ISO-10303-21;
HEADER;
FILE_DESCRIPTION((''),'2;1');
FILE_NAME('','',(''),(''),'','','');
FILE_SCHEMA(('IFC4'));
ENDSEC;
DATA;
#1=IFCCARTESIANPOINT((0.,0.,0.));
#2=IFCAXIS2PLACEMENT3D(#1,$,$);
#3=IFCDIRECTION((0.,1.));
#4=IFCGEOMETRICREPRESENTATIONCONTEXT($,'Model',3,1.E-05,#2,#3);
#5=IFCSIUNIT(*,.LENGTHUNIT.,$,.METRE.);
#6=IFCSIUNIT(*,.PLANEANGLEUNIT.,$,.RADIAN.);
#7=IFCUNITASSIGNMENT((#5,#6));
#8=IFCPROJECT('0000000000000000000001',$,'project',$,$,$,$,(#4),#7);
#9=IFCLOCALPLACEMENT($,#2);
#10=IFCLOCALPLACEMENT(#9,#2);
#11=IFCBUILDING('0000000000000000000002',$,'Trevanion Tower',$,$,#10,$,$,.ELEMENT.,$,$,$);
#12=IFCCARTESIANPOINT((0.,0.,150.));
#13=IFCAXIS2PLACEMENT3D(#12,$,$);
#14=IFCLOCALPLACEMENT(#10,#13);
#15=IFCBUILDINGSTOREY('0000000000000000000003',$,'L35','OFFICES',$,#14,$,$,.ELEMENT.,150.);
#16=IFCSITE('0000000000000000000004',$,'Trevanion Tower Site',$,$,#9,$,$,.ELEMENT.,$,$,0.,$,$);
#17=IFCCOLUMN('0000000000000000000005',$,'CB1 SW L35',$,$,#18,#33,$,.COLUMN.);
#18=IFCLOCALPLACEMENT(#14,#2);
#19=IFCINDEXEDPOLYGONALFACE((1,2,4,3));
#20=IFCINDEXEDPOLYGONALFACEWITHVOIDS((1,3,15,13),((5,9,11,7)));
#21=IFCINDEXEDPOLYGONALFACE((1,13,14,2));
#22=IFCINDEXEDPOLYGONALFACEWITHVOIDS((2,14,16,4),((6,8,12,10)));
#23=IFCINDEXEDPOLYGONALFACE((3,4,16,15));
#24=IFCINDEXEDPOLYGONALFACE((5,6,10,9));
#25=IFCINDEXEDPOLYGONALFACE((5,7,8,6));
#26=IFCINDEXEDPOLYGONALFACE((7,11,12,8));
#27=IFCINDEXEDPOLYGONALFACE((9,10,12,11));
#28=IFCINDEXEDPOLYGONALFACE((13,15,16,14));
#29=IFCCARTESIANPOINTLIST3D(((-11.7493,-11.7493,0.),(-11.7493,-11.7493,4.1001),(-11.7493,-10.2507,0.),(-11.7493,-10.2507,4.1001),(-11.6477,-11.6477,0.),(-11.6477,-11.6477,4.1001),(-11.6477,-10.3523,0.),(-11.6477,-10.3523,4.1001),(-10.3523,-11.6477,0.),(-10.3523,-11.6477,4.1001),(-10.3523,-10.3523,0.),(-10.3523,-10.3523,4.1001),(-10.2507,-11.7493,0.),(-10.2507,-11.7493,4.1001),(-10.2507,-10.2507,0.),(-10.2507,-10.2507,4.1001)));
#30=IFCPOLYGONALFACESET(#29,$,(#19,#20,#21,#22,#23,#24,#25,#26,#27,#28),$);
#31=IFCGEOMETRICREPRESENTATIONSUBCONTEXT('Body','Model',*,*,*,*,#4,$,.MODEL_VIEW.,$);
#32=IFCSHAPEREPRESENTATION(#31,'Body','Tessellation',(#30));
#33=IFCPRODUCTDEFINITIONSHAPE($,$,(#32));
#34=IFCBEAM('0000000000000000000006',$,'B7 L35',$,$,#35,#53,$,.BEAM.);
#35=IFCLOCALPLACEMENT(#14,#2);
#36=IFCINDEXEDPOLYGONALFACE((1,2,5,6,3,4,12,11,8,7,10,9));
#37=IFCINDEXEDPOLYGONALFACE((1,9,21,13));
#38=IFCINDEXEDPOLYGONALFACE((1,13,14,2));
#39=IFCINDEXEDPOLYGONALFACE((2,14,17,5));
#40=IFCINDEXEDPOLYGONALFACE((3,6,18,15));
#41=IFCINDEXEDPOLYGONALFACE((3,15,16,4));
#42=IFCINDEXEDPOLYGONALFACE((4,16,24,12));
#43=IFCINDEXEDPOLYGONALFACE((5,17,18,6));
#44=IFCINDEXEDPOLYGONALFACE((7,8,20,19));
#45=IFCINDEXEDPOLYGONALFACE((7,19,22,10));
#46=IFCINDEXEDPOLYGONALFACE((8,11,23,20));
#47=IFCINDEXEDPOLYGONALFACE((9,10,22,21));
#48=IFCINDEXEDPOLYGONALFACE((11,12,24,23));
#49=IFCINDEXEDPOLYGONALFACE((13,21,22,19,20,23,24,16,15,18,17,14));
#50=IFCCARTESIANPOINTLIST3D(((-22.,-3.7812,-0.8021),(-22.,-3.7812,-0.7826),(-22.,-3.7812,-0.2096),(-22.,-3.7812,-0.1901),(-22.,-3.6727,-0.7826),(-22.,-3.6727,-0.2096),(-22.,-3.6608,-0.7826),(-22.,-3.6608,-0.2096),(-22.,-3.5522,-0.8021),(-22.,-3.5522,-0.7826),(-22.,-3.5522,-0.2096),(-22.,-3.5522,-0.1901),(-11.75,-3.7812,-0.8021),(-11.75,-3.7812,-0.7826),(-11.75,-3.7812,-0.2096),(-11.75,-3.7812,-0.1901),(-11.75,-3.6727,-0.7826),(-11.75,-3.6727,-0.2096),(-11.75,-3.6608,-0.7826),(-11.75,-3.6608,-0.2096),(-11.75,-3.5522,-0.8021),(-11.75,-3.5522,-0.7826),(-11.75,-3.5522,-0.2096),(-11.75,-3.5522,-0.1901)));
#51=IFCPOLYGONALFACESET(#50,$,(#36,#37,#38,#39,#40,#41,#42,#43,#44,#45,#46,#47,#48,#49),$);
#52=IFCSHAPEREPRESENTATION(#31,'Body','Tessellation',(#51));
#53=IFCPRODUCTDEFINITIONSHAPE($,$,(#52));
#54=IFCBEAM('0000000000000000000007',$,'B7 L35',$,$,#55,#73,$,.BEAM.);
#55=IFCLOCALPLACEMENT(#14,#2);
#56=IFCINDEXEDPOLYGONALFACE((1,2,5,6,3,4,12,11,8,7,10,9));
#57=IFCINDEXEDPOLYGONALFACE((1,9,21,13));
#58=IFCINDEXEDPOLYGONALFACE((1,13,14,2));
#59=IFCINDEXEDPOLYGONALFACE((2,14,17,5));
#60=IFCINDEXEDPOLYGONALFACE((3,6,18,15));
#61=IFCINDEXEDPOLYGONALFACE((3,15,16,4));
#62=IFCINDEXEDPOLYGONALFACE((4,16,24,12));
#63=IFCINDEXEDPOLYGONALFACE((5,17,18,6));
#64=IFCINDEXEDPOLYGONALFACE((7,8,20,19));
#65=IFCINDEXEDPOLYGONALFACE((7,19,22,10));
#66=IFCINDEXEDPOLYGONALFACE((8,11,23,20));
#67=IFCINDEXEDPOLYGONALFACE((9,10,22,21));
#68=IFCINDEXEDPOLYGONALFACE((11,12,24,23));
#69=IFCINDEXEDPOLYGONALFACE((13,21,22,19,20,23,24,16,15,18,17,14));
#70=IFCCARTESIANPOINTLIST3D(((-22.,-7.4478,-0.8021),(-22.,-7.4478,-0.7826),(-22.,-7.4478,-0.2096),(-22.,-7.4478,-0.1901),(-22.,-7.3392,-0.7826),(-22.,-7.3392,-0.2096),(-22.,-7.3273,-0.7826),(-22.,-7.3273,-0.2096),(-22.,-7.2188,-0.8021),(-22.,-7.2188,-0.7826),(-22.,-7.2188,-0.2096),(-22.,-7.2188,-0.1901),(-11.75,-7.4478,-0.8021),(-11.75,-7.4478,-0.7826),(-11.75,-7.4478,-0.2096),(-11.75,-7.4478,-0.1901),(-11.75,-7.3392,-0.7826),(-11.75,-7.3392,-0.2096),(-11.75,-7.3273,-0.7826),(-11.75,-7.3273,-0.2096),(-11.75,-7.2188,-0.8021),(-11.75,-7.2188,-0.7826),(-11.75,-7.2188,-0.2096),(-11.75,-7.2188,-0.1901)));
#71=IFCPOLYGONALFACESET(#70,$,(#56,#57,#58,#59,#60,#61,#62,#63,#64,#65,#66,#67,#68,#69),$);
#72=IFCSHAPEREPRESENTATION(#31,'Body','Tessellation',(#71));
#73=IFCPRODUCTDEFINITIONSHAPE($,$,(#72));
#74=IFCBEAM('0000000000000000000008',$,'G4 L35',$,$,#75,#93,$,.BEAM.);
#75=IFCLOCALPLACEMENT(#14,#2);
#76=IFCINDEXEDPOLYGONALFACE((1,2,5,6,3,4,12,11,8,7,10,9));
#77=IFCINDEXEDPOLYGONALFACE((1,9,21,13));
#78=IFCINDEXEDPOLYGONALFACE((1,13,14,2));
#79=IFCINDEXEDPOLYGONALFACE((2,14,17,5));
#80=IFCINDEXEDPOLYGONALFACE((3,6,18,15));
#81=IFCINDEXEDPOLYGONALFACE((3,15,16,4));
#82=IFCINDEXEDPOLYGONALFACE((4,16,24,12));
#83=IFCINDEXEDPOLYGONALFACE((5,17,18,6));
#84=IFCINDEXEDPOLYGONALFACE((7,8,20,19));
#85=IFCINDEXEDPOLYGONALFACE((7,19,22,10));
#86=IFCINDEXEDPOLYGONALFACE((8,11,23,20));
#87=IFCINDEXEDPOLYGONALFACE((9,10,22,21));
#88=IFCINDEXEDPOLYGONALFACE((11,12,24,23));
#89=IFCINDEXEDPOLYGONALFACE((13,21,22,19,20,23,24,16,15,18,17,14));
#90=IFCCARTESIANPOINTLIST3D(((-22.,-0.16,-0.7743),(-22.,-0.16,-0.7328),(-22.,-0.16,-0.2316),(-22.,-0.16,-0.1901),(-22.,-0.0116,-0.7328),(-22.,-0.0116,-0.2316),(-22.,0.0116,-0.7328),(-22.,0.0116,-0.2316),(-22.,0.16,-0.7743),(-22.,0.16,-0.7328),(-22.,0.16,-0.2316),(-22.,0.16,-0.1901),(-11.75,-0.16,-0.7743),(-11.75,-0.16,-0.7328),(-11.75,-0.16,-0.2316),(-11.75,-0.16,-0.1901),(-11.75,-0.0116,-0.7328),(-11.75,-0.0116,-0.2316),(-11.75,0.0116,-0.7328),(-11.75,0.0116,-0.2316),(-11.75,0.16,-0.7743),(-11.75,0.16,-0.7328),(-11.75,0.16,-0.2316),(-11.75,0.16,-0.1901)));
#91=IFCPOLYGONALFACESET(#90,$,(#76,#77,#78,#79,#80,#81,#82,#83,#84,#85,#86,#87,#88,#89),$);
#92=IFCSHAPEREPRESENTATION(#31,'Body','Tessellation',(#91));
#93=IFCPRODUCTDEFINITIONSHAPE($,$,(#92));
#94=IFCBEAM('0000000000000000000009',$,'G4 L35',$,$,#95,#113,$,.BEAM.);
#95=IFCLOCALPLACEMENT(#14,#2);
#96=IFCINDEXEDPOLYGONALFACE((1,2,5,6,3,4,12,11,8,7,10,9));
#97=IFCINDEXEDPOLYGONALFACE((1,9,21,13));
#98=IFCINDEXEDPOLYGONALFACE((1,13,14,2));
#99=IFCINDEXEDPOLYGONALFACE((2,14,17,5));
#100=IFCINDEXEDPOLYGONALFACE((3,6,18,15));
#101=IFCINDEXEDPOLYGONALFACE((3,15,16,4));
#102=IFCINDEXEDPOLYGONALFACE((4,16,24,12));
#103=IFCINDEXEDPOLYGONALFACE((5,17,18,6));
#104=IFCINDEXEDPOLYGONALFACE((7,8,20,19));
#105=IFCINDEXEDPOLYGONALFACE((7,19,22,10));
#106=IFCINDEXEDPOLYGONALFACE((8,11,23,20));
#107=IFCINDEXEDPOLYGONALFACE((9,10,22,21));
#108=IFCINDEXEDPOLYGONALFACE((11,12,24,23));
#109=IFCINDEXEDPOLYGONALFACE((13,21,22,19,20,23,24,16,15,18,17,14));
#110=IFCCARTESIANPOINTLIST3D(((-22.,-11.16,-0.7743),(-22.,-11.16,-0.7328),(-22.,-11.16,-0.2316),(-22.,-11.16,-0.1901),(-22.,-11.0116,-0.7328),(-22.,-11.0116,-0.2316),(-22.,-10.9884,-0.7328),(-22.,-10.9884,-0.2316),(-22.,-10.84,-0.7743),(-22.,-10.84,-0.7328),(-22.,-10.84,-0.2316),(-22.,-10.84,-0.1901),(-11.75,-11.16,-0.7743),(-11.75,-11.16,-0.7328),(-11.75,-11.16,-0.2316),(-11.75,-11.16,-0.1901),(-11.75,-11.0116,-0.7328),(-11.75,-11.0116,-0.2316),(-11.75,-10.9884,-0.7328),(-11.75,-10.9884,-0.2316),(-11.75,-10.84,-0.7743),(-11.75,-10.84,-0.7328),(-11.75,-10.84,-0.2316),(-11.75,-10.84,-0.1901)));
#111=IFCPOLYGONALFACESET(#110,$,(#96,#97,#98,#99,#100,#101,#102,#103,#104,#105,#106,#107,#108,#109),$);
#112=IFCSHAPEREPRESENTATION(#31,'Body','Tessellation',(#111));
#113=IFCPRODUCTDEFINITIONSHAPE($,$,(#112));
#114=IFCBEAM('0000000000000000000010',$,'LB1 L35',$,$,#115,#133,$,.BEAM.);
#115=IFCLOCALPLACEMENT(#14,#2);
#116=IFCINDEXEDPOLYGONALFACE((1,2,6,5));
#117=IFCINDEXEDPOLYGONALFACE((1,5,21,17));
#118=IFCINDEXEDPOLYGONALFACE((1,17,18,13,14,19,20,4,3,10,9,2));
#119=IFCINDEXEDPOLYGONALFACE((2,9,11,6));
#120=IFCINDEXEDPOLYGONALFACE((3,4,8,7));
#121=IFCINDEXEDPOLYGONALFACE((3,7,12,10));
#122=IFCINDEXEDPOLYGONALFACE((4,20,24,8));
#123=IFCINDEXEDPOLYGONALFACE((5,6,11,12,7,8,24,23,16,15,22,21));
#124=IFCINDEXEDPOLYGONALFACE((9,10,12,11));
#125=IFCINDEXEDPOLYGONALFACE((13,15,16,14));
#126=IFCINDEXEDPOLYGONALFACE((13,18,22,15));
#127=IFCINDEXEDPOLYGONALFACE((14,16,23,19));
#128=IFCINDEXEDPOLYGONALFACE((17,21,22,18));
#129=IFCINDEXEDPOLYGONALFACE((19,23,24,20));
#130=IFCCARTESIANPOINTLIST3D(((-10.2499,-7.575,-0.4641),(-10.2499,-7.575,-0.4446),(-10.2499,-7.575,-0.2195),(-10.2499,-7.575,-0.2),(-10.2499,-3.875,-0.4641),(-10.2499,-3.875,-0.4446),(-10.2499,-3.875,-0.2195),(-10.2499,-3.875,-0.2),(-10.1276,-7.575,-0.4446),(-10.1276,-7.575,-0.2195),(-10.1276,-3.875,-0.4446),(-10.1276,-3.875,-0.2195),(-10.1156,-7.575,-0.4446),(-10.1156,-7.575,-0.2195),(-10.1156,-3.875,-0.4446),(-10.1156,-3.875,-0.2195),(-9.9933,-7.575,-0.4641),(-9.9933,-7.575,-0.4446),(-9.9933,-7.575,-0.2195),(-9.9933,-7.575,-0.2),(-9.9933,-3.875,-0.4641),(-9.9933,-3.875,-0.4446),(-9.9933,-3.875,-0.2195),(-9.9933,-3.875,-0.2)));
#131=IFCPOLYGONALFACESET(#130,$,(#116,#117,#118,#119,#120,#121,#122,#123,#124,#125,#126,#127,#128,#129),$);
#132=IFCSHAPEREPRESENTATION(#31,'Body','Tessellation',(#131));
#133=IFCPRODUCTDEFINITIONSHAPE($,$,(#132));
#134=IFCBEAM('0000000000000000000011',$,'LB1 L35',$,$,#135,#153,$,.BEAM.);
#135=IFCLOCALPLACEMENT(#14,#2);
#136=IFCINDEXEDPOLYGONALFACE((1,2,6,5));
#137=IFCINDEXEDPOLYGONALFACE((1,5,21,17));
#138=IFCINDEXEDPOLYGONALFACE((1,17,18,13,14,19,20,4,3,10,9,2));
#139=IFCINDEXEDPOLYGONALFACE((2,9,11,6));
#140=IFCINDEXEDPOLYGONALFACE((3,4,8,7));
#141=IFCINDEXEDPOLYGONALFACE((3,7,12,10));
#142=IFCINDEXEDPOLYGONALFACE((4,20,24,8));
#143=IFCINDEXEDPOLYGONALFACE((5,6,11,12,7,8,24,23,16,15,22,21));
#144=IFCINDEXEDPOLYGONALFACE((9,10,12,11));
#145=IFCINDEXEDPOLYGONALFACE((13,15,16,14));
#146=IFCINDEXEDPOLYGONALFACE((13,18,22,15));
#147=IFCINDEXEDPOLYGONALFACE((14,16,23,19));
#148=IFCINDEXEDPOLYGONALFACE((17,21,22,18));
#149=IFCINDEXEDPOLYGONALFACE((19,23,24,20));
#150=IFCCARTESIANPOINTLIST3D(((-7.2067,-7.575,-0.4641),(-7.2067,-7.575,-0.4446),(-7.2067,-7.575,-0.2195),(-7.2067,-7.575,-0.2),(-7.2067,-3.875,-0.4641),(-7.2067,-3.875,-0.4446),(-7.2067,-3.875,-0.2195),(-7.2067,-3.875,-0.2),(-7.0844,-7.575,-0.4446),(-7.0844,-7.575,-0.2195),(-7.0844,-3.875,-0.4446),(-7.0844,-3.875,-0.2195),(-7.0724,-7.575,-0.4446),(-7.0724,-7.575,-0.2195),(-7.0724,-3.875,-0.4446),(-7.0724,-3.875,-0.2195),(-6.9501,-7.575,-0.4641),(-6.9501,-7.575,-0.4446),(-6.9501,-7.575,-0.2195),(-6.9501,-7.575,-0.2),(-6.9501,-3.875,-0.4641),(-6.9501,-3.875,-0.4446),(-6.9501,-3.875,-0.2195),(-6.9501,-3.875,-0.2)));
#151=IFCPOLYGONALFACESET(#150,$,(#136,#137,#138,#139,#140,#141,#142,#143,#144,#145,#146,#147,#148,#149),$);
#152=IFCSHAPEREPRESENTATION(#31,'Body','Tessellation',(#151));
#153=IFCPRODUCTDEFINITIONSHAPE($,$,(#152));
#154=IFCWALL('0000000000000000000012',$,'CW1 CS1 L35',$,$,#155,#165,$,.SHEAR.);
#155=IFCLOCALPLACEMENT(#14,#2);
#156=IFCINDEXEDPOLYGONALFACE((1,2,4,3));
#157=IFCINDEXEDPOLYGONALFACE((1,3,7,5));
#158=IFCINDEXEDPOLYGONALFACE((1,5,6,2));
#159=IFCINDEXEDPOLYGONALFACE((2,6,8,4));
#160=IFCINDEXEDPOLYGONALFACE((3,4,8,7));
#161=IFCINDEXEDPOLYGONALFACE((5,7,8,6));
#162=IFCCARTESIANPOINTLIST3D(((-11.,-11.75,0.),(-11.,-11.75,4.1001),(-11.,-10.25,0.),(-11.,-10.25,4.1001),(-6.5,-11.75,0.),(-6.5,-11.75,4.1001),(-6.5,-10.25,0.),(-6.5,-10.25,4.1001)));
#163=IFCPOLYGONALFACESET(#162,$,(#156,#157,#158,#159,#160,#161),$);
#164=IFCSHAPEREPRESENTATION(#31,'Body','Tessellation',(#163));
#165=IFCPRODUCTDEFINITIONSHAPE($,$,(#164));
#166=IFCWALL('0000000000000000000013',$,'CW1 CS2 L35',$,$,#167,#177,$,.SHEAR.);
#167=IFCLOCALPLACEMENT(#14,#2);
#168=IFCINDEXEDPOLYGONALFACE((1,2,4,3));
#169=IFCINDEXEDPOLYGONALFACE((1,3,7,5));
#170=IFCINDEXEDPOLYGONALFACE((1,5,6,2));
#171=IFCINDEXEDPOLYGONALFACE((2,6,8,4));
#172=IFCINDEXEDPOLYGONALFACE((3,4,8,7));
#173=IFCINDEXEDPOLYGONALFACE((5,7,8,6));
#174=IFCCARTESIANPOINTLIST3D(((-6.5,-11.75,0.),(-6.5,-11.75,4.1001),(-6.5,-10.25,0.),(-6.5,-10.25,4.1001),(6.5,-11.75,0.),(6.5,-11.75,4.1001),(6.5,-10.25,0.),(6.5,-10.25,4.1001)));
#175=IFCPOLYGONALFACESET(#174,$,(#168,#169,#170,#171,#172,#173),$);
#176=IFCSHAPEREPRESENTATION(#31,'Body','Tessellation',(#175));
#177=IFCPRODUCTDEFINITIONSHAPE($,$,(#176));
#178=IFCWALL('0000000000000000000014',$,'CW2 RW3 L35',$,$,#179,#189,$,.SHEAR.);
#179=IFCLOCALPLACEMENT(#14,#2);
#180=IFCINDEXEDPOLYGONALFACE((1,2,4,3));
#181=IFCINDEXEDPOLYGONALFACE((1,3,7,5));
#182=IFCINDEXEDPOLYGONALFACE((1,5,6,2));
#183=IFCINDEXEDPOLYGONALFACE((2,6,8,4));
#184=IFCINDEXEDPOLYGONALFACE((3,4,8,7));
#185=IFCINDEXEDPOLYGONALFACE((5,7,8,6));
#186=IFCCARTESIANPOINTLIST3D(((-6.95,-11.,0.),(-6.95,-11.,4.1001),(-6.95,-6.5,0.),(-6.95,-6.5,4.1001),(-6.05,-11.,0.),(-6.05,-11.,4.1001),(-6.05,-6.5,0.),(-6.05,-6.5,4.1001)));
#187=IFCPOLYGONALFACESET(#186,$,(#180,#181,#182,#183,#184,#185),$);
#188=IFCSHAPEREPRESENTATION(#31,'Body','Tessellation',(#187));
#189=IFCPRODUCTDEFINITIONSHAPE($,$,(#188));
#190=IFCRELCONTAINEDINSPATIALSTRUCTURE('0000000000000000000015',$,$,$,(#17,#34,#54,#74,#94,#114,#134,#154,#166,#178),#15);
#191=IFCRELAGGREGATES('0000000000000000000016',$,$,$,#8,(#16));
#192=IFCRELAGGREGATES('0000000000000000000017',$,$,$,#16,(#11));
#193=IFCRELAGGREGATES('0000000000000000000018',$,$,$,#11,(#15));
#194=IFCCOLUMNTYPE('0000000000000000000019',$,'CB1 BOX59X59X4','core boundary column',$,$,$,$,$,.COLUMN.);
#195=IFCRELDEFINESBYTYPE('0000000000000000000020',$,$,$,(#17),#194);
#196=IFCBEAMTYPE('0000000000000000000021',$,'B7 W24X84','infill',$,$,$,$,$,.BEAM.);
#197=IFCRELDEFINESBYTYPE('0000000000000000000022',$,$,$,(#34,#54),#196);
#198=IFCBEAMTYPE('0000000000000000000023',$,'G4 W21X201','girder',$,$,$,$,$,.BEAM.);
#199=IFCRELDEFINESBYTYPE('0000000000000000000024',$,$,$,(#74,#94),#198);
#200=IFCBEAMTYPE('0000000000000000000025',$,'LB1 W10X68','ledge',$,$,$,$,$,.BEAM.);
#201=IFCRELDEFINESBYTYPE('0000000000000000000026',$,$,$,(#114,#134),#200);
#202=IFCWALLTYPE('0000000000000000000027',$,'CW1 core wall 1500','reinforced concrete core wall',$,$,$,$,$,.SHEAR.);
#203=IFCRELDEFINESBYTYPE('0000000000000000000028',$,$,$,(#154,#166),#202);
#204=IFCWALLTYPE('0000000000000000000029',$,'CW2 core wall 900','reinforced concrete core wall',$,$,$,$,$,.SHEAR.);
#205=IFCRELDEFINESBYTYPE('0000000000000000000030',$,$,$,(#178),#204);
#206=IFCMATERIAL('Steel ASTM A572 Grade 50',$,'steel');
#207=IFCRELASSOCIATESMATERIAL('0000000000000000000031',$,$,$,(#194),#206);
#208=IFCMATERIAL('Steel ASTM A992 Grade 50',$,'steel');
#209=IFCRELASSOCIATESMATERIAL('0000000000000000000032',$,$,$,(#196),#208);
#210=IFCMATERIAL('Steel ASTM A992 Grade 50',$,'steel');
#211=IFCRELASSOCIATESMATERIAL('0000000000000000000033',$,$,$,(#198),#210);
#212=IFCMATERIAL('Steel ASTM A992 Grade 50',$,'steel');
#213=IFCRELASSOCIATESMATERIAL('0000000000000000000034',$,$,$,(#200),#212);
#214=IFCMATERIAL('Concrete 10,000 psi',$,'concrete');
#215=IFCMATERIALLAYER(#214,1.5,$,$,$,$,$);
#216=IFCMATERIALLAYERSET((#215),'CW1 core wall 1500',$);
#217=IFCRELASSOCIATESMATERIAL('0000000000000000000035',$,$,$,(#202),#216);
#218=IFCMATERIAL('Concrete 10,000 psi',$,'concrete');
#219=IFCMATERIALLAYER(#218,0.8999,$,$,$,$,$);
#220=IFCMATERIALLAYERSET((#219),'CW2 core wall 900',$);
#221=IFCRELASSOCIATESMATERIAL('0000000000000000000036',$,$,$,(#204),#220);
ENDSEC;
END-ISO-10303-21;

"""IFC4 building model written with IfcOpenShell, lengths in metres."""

from ifc_helpers import new_model, si_unit, direction, frame, frame_2d, origin, origin_2d, place, context, subcontext, project, spatial, rectangle, hollow_rectangle, i_section, extrude, material, layer, layer_set, material_profile, profile_set, type_object, element, save


model = new_model("IFC4")

# Units and contexts
model_context = context("Model", 3, precision=1e-05, world=origin(), true_north=direction((0.0, 1.0)))
body_context = subcontext(model_context, "Body", "Model", "MODEL_VIEW")
ifc_project = project(units=[si_unit("LENGTHUNIT", "METRE"), si_unit("PLANEANGLEUNIT", "RADIAN")], contexts=[model_context])

# Site, building, storey
site_placement = place(None, origin())
site = spatial("IfcSite", under=ifc_project, at=site_placement, Name="Trevanion Tower Site", CompositionType="ELEMENT", RefElevation=0.0)
building_placement = place(site_placement, origin())
building = spatial("IfcBuilding", under=site, at=building_placement, Name="Trevanion Tower", CompositionType="ELEMENT")
storey_placement = place(building_placement, frame((0.0, 0.0, 150.0)))
storey = spatial("IfcBuildingStorey", under=building, at=storey_placement, Name="L35", Description="OFFICES", CompositionType="ELEMENT", Elevation=150.0)

# Column
ifc_material_1 = material(Name="Steel ASTM A572 Grade 50", Category="steel")
ifc_material_profile_1 = material_profile(ifc_material_1, hollow_rectangle(XDim=1.4985, YDim=1.4985, WallThickness=0.1016, at=origin_2d()), Name="BOX59X59X4")
ifc_profile_set_1 = profile_set([ifc_material_profile_1], Name="Steel ASTM A572 Grade 50")
column_type = type_object("IfcColumnType", Name="CB1 BOX59X59X4", Description="core boundary column", PredefinedType="COLUMN", material=ifc_profile_set_1)
column_placement = place(storey_placement, frame((-11.0, -11.0, 0.0), z_axis=(0.0, 0.0, 1.0), x_axis=(1.0, 0.0, 0.0)))
element("IfcColumn", 1, at=column_placement, inside=storey, type_object=column_type, Name="CB1 SW L35", PredefinedType="COLUMN", context=body_context, shape_type="SweptSolid", body=[
    extrude(hollow_rectangle(XDim=1.4985, YDim=1.4985, WallThickness=0.1016, at=origin_2d()), origin(), (0.0, 0.0, 1.0), 4.1001),
])

# Beams
ifc_material_2 = material(Name="Steel ASTM A992 Grade 50", Category="steel")
ifc_material_profile_2 = material_profile(ifc_material_2, i_section(OverallWidth=0.229, OverallDepth=0.6121, WebThickness=0.012, FlangeThickness=0.0195, at=origin_2d()), Name="W24X84")
ifc_profile_set_2 = profile_set([ifc_material_profile_2], Name="Steel ASTM A992 Grade 50")
beam_type_1 = type_object("IfcBeamType", Name="B7 W24X84", Description="infill", PredefinedType="BEAM", material=ifc_profile_set_2)
for number, where, z_axis, x_axis, name in (
    (2, (-11.75, -3.6667, -0.4961), (-1.0, 0.0, 0.0), (0.0, -1.0, 0.0), "B7 L35"),
    (3, (-11.75, -7.3333, -0.4961), (-1.0, 0.0, 0.0), (0.0, -1.0, 0.0), "B7 L35"),
):
    element("IfcBeam", number, at=place(storey_placement, frame(where, z_axis=z_axis, x_axis=x_axis)), inside=storey, type_object=beam_type_1, Name=name, PredefinedType="BEAM", context=body_context, shape_type="SweptSolid", body=[
        extrude(i_section(OverallWidth=0.229, OverallDepth=0.6121, WebThickness=0.012, FlangeThickness=0.0195, at=origin_2d()), origin(), (0.0, 0.0, 1.0), 10.25),
    ])
ifc_material_3 = material(Name="Steel ASTM A992 Grade 50", Category="steel")
ifc_material_profile_3 = material_profile(ifc_material_3, i_section(OverallWidth=0.3201, OverallDepth=0.5842, WebThickness=0.0232, FlangeThickness=0.0415, at=origin_2d()), Name="W21X201")
ifc_profile_set_3 = profile_set([ifc_material_profile_3], Name="Steel ASTM A992 Grade 50")
beam_type_2 = type_object("IfcBeamType", Name="G4 W21X201", Description="girder", PredefinedType="BEAM", material=ifc_profile_set_3)
for number, where, z_axis, x_axis, name in (
    (4, (-11.75, 0.0, -0.4822), (-1.0, 0.0, 0.0), (0.0, -1.0, 0.0), "G4 L35"),
    (5, (-11.75, -11.0, -0.4822), (-1.0, 0.0, 0.0), (0.0, -1.0, 0.0), "G4 L35"),
):
    element("IfcBeam", number, at=place(storey_placement, frame(where, z_axis=z_axis, x_axis=x_axis)), inside=storey, type_object=beam_type_2, Name=name, PredefinedType="BEAM", context=body_context, shape_type="SweptSolid", body=[
        extrude(i_section(OverallWidth=0.3201, OverallDepth=0.5842, WebThickness=0.0232, FlangeThickness=0.0415, at=origin_2d()), origin(), (0.0, 0.0, 1.0), 10.25),
    ])
ifc_material_4 = material(Name="Steel ASTM A992 Grade 50", Category="steel")
ifc_material_profile_4 = material_profile(ifc_material_4, i_section(OverallWidth=0.2566, OverallDepth=0.2642, WebThickness=0.012, FlangeThickness=0.0195, at=origin_2d()), Name="W10X68")
ifc_profile_set_4 = profile_set([ifc_material_profile_4], Name="Steel ASTM A992 Grade 50")
beam_type_3 = type_object("IfcBeamType", Name="LB1 W10X68", Description="ledge", PredefinedType="BEAM", material=ifc_profile_set_4)
for number, where, z_axis, x_axis, name in (
    (6, (-10.1216, -7.575, -0.332), (0.0, 1.0, 0.0), (-1.0, 0.0, 0.0), "LB1 L35"),
    (7, (-7.0784, -7.575, -0.332), (0.0, 1.0, 0.0), (-1.0, 0.0, 0.0), "LB1 L35"),
):
    element("IfcBeam", number, at=place(storey_placement, frame(where, z_axis=z_axis, x_axis=x_axis)), inside=storey, type_object=beam_type_3, Name=name, PredefinedType="BEAM", context=body_context, shape_type="SweptSolid", body=[
        extrude(i_section(OverallWidth=0.2566, OverallDepth=0.2642, WebThickness=0.012, FlangeThickness=0.0195, at=origin_2d()), origin(), (0.0, 0.0, 1.0), 3.7),
    ])

# Walls
ifc_material_5 = material(Name="Concrete 10,000 psi", Category="concrete")
ifc_layer_1 = layer(ifc_material_5, 1.5)
ifc_layer_set_1 = layer_set([ifc_layer_1], Name="CW1 core wall 1500")
wall_type_1 = type_object("IfcWallType", Name="CW1 core wall 1500", Description="reinforced concrete core wall", PredefinedType="SHEAR", material=ifc_layer_set_1)
wall_1_placement = place(storey_placement, frame((-11.0, -11.0, 0.0), z_axis=(0.0, 0.0, 1.0), x_axis=(1.0, 0.0, 0.0)))
element("IfcWall", 8, at=wall_1_placement, inside=storey, type_object=wall_type_1, Name="CW1 CS1 L35", PredefinedType="SHEAR", context=body_context, shape_type="SweptSolid", body=[
    extrude(rectangle(XDim=4.5, YDim=1.5, at=frame_2d((2.25, 0.0))), origin(), (0.0, 0.0, 1.0), 4.1001),
])
wall_2_placement = place(storey_placement, frame((-6.5, -11.0, 0.0), z_axis=(0.0, 0.0, 1.0), x_axis=(1.0, 0.0, 0.0)))
element("IfcWall", 9, at=wall_2_placement, inside=storey, type_object=wall_type_1, Name="CW1 CS2 L35", PredefinedType="SHEAR", context=body_context, shape_type="SweptSolid", body=[
    extrude(rectangle(XDim=13.0, YDim=1.5, at=frame_2d((6.5, 0.0))), origin(), (0.0, 0.0, 1.0), 4.1001),
])
ifc_material_6 = material(Name="Concrete 10,000 psi", Category="concrete")
ifc_layer_2 = layer(ifc_material_6, 0.8999)
ifc_layer_set_2 = layer_set([ifc_layer_2], Name="CW2 core wall 900")
wall_type_2 = type_object("IfcWallType", Name="CW2 core wall 900", Description="reinforced concrete core wall", PredefinedType="SHEAR", material=ifc_layer_set_2)
wall_3_placement = place(storey_placement, frame((-6.5, -6.5, 0.0), z_axis=(0.0, 0.0, 1.0), x_axis=(0.0, -1.0, 0.0)))
element("IfcWall", 10, at=wall_3_placement, inside=storey, type_object=wall_type_2, Name="CW2 RW3 L35", PredefinedType="SHEAR", context=body_context, shape_type="SweptSolid", body=[
    extrude(rectangle(XDim=4.5, YDim=0.8999, at=frame_2d((2.25, 0.0))), origin(), (0.0, 0.0, 1.0), 4.1001),
])

save(model, "model.ifc")
